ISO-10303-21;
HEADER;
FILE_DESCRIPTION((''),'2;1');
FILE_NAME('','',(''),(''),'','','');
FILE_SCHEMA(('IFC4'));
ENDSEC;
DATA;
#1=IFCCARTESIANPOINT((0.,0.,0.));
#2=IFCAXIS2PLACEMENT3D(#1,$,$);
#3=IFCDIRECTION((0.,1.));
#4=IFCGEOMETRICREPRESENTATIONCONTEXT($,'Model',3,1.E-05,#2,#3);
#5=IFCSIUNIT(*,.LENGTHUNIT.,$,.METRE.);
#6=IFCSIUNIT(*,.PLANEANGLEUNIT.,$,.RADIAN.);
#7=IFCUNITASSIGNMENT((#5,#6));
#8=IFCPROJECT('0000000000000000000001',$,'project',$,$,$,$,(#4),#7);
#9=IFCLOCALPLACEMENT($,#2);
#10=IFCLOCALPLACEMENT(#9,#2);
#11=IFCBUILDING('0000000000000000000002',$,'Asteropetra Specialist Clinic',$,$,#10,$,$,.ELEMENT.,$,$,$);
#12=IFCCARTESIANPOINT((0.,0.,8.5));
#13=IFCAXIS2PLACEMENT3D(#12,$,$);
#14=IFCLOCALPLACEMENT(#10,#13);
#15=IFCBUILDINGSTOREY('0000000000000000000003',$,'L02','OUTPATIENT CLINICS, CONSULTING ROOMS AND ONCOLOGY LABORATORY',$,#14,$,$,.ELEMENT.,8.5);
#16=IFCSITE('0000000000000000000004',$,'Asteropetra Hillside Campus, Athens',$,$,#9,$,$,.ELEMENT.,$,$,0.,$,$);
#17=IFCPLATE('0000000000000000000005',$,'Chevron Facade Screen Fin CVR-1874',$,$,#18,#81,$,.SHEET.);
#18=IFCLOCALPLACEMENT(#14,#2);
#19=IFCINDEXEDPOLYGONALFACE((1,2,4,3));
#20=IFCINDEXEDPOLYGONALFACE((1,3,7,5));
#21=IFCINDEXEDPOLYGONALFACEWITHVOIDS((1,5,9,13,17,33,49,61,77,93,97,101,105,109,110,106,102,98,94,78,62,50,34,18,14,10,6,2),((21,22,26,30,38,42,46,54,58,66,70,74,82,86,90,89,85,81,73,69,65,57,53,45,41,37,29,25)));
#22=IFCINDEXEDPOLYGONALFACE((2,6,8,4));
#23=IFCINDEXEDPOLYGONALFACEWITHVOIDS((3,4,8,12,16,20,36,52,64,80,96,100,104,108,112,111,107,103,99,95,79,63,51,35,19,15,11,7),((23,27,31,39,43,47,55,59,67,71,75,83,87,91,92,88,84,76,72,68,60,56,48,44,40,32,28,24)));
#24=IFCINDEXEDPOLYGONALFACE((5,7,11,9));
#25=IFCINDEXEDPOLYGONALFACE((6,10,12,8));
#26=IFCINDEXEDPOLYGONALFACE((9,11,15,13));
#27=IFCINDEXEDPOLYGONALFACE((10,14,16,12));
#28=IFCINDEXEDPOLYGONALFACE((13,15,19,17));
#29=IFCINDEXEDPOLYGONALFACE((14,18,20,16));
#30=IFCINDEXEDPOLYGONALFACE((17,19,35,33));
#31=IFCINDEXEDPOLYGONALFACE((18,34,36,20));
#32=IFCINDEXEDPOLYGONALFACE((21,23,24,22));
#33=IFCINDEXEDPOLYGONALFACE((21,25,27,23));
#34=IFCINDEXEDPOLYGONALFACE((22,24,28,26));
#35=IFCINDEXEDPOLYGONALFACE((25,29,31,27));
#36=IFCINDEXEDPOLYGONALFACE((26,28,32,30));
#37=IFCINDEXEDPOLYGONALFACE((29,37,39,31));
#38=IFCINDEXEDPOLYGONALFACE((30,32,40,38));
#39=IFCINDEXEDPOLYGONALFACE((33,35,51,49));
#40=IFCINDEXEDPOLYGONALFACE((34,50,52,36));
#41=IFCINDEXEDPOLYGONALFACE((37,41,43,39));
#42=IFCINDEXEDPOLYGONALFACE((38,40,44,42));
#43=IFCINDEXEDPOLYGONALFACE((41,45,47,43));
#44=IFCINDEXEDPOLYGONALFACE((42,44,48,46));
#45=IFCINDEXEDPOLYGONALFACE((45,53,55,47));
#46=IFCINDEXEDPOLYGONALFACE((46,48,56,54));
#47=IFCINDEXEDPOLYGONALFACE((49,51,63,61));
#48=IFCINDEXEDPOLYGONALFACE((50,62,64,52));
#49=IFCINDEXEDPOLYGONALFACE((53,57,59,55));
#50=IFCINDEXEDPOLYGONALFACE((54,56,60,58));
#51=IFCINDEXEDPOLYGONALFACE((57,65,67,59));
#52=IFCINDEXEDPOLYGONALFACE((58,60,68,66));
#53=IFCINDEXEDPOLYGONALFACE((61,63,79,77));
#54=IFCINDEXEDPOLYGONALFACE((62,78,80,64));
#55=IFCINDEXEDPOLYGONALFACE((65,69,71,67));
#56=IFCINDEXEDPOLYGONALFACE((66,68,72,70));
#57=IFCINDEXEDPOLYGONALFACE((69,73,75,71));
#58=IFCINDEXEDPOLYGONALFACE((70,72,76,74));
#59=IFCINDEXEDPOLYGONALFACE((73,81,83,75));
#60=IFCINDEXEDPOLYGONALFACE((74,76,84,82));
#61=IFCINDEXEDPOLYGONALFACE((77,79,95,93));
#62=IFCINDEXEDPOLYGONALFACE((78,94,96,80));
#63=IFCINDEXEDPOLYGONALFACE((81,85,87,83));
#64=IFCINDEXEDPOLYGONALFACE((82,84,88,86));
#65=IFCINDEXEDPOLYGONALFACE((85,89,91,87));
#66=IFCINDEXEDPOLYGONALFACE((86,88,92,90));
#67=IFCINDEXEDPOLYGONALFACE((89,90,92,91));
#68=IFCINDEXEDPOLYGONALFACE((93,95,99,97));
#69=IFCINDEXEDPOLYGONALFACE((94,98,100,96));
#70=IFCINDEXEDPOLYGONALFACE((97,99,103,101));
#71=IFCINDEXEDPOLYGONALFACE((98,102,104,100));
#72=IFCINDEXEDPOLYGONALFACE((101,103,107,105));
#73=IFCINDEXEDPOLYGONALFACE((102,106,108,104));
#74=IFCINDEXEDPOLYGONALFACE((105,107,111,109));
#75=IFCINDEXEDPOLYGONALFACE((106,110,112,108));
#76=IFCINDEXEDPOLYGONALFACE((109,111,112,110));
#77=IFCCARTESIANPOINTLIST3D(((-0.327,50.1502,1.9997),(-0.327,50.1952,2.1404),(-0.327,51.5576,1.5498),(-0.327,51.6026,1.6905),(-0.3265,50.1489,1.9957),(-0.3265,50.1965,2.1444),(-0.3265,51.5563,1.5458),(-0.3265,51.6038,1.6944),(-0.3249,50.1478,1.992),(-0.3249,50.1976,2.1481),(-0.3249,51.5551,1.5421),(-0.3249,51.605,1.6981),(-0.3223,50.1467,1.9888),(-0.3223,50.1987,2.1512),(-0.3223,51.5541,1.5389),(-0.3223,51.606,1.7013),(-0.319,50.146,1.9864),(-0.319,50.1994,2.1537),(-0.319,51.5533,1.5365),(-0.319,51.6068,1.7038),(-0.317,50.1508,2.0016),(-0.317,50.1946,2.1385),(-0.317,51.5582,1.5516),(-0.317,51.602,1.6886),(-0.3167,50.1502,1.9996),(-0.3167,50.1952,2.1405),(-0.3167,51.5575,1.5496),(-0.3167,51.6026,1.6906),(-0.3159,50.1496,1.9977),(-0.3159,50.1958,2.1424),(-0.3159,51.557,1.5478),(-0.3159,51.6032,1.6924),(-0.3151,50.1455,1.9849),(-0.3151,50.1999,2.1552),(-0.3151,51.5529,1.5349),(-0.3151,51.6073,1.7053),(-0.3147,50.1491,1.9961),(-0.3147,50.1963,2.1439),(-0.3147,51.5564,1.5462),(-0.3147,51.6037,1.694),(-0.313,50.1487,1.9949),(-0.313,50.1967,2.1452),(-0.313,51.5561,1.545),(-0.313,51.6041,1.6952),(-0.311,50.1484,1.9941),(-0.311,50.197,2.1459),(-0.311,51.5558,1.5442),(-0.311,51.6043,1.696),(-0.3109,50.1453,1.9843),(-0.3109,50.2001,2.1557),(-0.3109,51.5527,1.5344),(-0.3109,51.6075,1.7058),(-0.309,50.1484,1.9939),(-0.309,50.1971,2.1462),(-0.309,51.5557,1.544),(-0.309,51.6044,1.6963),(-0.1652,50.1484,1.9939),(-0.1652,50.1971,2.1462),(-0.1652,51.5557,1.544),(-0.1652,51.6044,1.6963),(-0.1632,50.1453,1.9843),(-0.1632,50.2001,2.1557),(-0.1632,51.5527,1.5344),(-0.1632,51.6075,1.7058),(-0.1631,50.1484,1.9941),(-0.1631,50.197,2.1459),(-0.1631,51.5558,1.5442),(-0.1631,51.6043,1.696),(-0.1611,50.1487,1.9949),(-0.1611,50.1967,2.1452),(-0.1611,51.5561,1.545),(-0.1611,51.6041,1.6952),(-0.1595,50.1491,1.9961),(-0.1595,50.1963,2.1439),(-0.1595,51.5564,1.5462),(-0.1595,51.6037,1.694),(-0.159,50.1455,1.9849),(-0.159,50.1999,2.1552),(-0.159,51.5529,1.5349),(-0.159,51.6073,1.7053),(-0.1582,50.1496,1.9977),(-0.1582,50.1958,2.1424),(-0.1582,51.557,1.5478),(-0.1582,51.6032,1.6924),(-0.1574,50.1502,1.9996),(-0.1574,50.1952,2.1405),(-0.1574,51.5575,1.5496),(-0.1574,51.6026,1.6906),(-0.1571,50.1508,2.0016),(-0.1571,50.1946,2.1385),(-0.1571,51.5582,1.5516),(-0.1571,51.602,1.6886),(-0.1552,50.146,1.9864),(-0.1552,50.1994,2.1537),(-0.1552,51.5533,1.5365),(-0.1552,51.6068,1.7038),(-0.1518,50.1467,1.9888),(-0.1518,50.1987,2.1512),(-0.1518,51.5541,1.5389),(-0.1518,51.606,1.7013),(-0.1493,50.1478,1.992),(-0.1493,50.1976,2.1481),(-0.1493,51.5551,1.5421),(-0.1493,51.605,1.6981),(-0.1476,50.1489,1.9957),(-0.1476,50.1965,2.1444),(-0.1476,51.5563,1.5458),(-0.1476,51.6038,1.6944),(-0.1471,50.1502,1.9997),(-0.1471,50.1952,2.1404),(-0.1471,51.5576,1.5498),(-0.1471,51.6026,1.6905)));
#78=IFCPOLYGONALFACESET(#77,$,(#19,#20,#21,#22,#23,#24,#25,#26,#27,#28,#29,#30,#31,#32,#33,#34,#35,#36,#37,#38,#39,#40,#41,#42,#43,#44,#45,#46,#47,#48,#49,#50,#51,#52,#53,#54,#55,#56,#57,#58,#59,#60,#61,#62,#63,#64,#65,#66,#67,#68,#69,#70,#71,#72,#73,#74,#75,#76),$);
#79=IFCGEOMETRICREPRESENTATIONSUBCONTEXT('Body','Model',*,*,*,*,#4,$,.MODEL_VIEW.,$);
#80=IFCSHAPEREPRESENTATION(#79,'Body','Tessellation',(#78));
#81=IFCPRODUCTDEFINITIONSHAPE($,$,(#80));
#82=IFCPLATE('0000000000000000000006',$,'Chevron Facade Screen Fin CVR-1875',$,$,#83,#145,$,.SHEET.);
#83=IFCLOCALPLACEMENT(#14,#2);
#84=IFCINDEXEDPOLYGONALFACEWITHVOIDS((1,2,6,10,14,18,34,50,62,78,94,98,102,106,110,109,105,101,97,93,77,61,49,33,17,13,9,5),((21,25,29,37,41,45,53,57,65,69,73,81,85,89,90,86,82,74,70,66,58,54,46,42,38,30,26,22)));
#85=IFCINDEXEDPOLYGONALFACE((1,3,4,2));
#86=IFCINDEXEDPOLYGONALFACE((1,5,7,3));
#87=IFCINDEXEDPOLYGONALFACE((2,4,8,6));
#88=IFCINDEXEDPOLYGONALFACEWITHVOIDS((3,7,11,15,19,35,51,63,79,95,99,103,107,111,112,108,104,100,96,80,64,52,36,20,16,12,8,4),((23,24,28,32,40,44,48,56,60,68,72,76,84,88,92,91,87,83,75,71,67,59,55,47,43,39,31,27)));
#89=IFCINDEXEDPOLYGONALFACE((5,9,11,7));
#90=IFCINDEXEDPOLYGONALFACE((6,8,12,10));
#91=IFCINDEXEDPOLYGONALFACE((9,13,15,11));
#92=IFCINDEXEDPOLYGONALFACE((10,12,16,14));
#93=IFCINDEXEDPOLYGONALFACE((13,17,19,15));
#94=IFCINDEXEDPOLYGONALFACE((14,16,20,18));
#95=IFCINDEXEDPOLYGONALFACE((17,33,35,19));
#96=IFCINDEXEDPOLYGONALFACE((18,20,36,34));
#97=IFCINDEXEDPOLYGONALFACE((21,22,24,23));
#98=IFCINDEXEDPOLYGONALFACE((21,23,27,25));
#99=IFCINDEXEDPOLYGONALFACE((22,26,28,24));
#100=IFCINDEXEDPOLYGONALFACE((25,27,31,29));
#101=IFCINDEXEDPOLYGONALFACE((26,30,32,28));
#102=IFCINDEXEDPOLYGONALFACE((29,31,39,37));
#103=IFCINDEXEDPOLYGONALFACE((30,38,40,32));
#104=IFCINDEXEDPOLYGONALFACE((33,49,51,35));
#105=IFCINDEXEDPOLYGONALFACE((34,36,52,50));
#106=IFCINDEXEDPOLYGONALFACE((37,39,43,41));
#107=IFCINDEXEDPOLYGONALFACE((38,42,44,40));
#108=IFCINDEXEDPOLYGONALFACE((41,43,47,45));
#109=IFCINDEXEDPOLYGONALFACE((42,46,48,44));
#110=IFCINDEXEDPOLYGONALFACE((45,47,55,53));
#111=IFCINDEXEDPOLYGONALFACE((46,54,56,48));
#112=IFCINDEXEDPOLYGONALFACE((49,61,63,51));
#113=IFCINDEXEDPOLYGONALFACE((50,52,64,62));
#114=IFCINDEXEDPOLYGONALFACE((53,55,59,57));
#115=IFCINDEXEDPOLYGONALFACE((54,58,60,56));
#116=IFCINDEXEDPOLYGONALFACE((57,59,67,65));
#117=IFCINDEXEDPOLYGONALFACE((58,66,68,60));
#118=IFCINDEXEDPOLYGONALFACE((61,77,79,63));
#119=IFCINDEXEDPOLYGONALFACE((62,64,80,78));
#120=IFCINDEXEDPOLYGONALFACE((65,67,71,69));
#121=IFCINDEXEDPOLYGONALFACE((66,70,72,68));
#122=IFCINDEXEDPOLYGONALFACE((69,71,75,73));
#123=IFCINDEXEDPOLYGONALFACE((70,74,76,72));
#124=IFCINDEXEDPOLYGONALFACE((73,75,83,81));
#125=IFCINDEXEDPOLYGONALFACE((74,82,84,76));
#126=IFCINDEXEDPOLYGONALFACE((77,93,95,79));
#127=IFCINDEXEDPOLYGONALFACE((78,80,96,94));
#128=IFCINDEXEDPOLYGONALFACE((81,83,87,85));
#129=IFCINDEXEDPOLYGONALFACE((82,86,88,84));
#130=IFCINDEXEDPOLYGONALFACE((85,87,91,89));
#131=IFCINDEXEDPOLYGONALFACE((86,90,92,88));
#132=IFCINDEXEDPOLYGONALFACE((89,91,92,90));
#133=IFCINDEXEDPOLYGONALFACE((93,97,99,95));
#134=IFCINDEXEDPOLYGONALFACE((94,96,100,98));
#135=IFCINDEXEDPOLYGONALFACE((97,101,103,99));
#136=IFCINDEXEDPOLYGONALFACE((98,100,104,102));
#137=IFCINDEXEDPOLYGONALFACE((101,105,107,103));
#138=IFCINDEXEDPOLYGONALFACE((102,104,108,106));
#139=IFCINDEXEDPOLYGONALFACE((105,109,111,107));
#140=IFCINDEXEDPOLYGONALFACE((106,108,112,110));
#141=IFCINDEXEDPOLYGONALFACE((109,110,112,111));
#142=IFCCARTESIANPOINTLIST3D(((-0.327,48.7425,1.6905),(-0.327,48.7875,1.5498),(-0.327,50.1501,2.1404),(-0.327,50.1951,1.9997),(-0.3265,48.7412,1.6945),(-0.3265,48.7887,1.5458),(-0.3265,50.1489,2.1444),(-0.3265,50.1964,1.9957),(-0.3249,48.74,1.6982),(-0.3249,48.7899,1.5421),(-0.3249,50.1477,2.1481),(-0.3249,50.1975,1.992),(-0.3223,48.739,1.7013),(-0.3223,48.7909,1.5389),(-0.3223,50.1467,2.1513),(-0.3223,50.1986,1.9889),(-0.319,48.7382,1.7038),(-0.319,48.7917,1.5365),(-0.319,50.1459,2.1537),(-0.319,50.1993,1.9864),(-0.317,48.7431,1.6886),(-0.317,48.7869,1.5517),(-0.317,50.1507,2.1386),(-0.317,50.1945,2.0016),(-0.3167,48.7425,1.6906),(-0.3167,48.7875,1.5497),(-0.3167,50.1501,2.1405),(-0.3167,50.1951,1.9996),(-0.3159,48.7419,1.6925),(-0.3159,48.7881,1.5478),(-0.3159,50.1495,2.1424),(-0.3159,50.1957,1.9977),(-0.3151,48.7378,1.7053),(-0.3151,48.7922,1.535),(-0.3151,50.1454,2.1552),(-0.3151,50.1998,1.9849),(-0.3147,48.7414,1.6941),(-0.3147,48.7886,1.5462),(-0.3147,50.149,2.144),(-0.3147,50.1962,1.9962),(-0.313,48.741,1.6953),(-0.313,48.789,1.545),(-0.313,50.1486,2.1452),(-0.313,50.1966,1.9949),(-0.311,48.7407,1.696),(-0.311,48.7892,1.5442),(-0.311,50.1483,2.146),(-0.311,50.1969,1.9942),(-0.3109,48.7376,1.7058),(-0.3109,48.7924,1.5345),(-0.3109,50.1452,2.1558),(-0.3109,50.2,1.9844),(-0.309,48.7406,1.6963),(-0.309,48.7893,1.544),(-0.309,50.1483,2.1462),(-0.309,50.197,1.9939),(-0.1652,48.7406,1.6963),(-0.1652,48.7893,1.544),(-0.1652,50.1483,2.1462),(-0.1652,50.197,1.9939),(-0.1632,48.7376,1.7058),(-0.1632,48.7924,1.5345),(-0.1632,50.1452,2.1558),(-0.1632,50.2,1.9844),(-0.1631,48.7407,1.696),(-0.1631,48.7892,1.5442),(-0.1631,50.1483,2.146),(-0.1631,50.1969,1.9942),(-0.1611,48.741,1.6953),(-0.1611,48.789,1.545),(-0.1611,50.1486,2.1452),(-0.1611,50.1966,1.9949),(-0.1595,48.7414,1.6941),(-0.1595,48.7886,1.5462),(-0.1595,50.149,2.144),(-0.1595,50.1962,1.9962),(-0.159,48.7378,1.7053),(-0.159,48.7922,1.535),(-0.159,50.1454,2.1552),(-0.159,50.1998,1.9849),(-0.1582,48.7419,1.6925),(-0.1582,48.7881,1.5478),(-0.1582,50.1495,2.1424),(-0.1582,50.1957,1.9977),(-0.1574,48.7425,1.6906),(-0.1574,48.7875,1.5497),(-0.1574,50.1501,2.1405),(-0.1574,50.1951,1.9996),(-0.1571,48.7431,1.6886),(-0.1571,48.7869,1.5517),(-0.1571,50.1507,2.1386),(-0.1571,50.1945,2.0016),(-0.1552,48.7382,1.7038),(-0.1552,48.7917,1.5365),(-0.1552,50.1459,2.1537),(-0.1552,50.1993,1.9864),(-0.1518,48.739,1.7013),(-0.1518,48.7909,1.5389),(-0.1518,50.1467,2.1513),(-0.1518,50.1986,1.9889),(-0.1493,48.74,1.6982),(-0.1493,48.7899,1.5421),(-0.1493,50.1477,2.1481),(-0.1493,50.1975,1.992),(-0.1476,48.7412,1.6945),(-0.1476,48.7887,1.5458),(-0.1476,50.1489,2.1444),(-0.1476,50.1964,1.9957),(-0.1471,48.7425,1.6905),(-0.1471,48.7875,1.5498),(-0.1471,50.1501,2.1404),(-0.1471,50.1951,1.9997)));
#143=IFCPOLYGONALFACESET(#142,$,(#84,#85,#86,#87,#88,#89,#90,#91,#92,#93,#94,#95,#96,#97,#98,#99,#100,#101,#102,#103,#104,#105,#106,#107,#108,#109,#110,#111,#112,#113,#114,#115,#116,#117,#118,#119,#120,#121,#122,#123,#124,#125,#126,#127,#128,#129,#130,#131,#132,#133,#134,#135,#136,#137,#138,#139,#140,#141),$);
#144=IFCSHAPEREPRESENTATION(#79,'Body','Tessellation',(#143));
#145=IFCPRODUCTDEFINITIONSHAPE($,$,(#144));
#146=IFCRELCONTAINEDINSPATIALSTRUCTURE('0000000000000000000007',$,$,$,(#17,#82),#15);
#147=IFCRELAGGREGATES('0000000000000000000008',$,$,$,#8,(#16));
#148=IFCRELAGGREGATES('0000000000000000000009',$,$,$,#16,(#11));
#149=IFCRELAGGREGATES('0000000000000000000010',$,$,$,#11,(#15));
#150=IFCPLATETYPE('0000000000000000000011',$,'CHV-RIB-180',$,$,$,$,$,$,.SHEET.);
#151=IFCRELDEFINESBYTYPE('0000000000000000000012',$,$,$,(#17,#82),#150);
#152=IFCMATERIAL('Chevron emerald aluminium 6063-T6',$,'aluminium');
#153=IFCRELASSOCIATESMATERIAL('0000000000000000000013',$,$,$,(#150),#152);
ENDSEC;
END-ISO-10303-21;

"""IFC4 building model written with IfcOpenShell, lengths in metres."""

from ifc_helpers import new_model, si_unit, direction, frame, origin, origin_2d, place, context, subcontext, project, spatial, hollow_rectangle, extrude, material, material_profile, profile_set, type_object, element, save


model = new_model("IFC4")

# Units and contexts
model_context = context("Model", 3, precision=1e-05, world=origin(), true_north=direction((0.0, 1.0)))
body_context = subcontext(model_context, "Body", "Model", "MODEL_VIEW")
ifc_project = project(units=[si_unit("LENGTHUNIT", "METRE"), si_unit("PLANEANGLEUNIT", "RADIAN")], contexts=[model_context])

# Site, building, storey
site_placement = place(None, origin())
site = spatial("IfcSite", under=ifc_project, at=site_placement, Name="Asteropetra Hillside Campus, Athens", CompositionType="ELEMENT", RefElevation=0.0)
building_placement = place(site_placement, origin())
building = spatial("IfcBuilding", under=site, at=building_placement, Name="Asteropetra Specialist Clinic", CompositionType="ELEMENT")
storey_placement = place(building_placement, frame((0.0, 0.0, 8.5)))
storey = spatial("IfcBuildingStorey", under=building, at=storey_placement, Name="L02", Description="OUTPATIENT CLINICS, CONSULTING ROOMS AND ONCOLOGY LABORATORY", CompositionType="ELEMENT", Elevation=8.5)

# Plates
ifc_material = material(Name="Chevron emerald aluminium 6063-T6", Category="aluminium")
ifc_material_profile = material_profile(ifc_material, hollow_rectangle(XDim=0.1799, YDim=0.1799, WallThickness=0.01, InnerFilletRadius=0.0081, OuterFilletRadius=0.0161, at=origin_2d()), Name="SHS 180x180x10.0")
ifc_profile_set = profile_set([ifc_material_profile], Name="Chevron emerald aluminium 6063-T6")
plate_type = type_object("IfcPlateType", Name="CHV-RIB-180", PredefinedType="SHEET", material=ifc_profile_set)
plate_1_placement = place(storey_placement, frame((-0.2371, 51.5801, 1.6201), z_axis=(0.0, -0.95251, 0.304506), x_axis=(1.0, 0.0, 0.0)))
element("IfcPlate", 1, at=plate_1_placement, inside=storey, type_object=plate_type, Name="Chevron Facade Screen Fin CVR-1874", PredefinedType="SHEET", context=body_context, shape_type="SweptSolid", body=[
    extrude(hollow_rectangle(XDim=0.1799, YDim=0.1799, WallThickness=0.01, InnerFilletRadius=0.0081, OuterFilletRadius=0.0161, at=origin_2d()), origin(), (0.0, 0.0, 1.0), 1.4775),
])
for number, where, z_axis, x_axis, name in (
    (2, (-0.2371, 50.1726, 2.0701), (0.0, -0.952526, -0.304458), (1.0, 0.0, 0.0), "Chevron Facade Screen Fin CVR-1875"),
):
    element("IfcPlate", number, at=place(storey_placement, frame(where, z_axis=z_axis, x_axis=x_axis)), inside=storey, type_object=plate_type, Name=name, PredefinedType="SHEET", context=body_context, shape_type="SweptSolid", body=[
        extrude(hollow_rectangle(XDim=0.1799, YDim=0.1799, WallThickness=0.01, InnerFilletRadius=0.0081, OuterFilletRadius=0.0161, at=origin_2d()), origin(), (0.0, 0.0, 1.0), 1.4778),
    ])

save(model, "model.ifc")
